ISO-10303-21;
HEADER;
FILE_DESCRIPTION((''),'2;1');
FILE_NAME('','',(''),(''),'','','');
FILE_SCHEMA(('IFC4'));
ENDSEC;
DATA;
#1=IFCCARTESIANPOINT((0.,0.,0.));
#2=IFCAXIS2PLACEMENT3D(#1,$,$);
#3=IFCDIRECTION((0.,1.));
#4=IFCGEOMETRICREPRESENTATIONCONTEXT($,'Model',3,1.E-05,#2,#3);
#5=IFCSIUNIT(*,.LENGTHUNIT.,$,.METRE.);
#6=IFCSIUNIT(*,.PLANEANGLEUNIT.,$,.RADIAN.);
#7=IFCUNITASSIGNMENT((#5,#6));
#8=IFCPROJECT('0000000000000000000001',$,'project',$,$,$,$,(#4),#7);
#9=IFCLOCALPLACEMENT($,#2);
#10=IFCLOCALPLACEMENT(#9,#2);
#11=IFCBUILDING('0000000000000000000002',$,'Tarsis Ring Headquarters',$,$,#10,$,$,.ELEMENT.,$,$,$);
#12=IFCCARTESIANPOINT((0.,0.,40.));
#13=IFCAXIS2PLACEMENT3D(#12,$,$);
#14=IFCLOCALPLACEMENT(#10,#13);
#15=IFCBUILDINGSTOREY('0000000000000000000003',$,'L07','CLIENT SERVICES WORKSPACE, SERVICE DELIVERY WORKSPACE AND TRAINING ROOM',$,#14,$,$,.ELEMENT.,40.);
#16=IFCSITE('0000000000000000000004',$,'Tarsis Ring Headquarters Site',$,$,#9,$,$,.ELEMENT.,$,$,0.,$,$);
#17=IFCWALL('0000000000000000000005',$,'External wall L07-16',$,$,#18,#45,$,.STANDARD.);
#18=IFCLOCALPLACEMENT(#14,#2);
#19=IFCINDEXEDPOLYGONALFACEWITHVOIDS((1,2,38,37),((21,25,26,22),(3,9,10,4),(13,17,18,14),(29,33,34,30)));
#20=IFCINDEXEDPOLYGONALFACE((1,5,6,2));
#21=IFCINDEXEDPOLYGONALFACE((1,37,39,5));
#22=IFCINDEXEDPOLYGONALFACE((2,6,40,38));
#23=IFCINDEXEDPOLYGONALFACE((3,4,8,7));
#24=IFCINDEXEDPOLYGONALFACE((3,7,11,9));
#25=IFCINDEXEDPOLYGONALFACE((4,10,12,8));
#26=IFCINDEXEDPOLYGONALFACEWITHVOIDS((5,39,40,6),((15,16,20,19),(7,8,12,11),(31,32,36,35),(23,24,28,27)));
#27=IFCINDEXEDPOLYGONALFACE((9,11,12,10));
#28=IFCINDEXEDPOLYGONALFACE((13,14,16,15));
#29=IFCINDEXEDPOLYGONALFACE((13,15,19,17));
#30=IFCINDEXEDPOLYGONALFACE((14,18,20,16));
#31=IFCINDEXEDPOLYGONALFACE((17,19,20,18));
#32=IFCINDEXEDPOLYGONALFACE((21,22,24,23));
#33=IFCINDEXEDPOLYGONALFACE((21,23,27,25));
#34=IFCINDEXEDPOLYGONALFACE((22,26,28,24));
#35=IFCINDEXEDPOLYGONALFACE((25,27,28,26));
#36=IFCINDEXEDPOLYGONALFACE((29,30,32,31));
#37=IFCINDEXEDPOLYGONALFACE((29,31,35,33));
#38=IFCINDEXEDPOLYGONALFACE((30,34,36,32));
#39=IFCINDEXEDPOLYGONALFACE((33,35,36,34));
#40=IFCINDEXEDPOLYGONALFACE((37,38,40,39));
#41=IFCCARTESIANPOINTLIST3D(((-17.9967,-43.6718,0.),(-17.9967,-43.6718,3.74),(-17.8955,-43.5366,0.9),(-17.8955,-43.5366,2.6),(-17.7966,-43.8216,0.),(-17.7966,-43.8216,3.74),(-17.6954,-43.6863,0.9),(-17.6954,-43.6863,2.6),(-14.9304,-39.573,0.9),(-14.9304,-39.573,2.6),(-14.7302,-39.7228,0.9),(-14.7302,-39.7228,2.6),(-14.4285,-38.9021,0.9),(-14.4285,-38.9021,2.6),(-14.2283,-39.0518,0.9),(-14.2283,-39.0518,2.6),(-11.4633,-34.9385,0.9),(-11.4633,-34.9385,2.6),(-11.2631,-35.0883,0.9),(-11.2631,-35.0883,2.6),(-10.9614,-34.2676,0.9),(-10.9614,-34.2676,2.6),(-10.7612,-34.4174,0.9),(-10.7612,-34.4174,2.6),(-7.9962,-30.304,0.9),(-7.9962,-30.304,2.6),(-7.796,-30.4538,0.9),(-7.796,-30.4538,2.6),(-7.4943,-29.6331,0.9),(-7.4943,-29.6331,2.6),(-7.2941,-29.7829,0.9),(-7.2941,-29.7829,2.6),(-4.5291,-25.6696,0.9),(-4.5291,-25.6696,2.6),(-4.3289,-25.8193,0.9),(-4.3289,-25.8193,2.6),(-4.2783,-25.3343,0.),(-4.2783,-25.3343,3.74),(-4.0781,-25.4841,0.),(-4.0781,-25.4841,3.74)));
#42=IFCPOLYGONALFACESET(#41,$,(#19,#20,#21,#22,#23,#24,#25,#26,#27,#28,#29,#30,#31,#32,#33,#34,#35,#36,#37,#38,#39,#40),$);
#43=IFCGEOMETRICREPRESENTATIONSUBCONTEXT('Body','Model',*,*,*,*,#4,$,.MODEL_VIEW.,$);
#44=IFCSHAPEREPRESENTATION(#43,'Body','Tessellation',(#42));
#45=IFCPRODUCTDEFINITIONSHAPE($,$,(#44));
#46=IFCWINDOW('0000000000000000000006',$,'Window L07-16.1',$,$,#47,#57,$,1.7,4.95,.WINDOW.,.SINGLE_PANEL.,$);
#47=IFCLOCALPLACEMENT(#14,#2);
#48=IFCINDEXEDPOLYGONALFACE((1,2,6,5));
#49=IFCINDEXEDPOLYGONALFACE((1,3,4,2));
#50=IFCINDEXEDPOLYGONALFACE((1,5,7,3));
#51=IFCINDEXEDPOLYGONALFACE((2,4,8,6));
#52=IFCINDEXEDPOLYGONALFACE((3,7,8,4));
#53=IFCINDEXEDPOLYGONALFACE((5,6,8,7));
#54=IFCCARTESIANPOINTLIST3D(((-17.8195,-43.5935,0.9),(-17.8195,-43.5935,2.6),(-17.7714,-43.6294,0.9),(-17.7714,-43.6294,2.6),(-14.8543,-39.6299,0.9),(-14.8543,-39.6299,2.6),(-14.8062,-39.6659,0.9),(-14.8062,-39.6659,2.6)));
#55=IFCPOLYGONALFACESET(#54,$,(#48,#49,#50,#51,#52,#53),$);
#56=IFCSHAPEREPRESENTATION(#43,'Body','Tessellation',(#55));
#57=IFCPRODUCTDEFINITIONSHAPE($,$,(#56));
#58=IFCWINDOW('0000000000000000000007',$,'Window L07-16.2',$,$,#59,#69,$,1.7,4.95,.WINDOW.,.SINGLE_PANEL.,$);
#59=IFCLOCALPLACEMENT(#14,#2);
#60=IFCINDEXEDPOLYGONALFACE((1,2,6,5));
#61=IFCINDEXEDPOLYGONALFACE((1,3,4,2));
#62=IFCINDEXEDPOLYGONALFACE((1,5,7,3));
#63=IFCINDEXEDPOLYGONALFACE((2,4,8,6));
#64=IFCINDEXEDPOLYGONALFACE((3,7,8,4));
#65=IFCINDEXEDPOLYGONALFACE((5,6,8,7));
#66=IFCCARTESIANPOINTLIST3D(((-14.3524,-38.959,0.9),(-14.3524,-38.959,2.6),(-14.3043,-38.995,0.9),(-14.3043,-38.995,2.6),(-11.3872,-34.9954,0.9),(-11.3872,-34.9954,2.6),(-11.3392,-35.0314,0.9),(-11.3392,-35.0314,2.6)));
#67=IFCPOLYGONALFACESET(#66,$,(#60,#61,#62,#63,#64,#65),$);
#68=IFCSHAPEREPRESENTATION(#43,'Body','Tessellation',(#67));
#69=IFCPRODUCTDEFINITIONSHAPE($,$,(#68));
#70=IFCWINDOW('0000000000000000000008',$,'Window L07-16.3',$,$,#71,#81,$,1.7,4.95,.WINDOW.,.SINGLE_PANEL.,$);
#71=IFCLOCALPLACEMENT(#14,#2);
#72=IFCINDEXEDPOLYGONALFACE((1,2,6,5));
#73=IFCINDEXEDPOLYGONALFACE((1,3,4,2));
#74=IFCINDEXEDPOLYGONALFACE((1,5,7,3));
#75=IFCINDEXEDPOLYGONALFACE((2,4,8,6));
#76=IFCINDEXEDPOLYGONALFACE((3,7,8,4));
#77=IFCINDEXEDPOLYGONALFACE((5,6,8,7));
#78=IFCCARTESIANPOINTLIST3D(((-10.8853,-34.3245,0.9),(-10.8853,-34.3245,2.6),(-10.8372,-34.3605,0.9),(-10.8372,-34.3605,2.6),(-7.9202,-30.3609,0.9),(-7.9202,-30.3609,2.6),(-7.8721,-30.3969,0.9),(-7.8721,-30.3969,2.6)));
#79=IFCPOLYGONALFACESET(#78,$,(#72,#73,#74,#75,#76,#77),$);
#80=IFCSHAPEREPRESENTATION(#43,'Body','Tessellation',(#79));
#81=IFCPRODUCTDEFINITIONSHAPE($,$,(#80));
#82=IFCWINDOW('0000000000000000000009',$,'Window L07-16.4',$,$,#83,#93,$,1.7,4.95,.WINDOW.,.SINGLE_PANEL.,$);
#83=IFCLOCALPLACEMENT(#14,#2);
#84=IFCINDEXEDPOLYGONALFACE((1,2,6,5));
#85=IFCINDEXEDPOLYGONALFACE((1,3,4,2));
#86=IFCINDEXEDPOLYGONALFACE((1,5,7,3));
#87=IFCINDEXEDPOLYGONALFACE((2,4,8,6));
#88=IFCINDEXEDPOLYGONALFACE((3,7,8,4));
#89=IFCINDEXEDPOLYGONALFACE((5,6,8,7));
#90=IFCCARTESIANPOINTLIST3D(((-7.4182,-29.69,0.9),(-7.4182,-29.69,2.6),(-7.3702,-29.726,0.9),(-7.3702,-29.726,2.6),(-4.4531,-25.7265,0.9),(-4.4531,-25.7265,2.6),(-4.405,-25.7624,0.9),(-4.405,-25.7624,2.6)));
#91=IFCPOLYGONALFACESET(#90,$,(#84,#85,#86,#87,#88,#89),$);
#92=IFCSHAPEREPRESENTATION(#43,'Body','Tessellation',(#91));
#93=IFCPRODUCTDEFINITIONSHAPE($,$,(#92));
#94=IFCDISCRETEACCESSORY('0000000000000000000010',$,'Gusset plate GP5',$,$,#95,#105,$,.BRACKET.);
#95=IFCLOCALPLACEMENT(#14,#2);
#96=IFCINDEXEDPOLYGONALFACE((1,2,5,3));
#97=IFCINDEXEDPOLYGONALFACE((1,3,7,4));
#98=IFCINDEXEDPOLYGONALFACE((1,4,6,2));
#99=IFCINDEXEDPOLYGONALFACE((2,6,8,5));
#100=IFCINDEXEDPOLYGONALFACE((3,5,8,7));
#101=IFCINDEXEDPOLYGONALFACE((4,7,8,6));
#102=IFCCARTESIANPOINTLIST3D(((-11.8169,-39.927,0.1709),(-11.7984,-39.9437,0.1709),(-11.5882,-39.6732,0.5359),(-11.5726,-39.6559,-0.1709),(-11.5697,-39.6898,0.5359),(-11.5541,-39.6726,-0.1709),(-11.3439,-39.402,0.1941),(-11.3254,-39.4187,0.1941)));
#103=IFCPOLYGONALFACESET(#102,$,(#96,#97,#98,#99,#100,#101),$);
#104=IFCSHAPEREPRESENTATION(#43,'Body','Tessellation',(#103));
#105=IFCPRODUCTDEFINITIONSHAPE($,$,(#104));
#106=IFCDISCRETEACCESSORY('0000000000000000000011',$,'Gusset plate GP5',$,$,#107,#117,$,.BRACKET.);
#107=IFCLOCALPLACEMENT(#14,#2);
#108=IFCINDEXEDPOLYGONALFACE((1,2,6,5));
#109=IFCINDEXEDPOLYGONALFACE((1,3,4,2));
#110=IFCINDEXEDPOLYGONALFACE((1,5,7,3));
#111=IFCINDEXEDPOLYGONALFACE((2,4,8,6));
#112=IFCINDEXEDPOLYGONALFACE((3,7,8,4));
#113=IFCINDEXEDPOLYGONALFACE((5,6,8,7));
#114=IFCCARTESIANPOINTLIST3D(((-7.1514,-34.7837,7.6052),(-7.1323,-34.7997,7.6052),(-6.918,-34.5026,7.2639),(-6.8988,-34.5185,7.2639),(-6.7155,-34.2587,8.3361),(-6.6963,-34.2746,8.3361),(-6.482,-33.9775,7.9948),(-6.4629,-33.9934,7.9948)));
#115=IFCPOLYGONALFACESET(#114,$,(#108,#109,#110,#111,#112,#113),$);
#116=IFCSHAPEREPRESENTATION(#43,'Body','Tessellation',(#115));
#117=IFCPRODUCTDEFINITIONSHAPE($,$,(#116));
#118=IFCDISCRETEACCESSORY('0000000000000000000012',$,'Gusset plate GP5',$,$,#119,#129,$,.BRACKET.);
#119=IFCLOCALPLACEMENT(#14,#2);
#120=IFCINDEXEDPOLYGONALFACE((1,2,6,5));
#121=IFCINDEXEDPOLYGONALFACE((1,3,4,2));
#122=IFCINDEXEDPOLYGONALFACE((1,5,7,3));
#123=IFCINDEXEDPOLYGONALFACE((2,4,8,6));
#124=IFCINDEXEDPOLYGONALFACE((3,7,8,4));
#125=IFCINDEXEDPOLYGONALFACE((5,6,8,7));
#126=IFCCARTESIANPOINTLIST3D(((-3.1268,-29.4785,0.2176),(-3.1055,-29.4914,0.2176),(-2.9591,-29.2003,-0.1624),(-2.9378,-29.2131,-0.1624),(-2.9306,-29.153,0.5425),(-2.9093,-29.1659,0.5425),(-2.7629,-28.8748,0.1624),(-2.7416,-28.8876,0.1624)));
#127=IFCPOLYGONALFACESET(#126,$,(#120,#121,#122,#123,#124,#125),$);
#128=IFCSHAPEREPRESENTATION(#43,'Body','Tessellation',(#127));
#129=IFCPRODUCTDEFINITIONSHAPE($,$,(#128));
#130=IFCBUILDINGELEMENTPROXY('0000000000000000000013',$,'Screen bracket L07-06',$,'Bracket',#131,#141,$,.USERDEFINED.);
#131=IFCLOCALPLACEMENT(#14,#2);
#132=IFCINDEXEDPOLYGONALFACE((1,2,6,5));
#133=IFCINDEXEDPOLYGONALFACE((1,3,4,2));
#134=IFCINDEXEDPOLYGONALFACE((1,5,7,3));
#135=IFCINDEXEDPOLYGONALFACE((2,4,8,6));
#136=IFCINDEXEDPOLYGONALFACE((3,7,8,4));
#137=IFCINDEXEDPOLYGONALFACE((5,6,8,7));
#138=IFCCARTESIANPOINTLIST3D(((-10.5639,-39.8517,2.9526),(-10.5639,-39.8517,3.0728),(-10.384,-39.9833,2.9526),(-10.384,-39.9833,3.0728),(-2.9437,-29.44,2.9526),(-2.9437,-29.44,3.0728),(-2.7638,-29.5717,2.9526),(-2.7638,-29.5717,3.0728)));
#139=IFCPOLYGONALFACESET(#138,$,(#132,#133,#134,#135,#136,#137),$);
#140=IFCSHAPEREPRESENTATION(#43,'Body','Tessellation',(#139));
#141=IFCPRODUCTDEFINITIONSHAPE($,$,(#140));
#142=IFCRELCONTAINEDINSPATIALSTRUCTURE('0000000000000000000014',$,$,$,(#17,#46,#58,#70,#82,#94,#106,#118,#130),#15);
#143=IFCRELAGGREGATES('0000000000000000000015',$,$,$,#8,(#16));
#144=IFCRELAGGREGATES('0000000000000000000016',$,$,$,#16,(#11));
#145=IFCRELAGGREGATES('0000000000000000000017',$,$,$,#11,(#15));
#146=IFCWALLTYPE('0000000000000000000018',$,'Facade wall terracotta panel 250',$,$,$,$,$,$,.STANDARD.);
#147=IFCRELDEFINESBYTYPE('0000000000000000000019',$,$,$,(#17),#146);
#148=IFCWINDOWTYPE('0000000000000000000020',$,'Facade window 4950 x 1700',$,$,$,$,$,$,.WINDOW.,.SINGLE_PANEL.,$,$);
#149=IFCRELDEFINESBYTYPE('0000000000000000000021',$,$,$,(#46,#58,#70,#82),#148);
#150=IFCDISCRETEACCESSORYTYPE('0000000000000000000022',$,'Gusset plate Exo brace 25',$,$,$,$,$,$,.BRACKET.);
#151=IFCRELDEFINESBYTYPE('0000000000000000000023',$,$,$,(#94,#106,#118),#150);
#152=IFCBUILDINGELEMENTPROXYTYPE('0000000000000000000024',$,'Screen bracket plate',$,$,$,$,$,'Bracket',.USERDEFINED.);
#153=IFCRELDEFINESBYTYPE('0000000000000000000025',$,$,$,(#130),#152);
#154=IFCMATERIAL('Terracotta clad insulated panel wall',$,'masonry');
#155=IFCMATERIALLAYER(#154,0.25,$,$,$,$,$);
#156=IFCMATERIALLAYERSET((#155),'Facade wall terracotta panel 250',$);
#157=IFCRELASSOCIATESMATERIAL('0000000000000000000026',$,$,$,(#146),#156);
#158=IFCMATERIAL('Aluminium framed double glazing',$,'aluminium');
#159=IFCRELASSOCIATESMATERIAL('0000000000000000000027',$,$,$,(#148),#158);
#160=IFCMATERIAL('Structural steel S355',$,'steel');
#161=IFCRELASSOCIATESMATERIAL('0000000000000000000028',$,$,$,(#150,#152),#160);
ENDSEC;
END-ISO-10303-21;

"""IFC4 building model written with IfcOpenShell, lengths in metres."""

from ifc_helpers import new_model, si_unit, direction, frame, frame_2d, origin, origin_2d, place, context, subcontext, project, spatial, rectangle, extrude, material, layer, layer_set, material_profile, profile_set, type_object, element, fill, save


model = new_model("IFC4")

# Units and contexts
model_context = context("Model", 3, precision=1e-05, world=origin(), true_north=direction((0.0, 1.0)))
body_context = subcontext(model_context, "Body", "Model", "MODEL_VIEW")
ifc_project = project(units=[si_unit("LENGTHUNIT", "METRE"), si_unit("PLANEANGLEUNIT", "RADIAN")], contexts=[model_context])

# Site, building, storey
site_placement = place(None, origin())
site = spatial("IfcSite", under=ifc_project, at=site_placement, Name="Tarsis Ring Headquarters Site", CompositionType="ELEMENT", RefElevation=0.0)
building_placement = place(site_placement, origin())
building = spatial("IfcBuilding", under=site, at=building_placement, Name="Tarsis Ring Headquarters", CompositionType="ELEMENT")
storey_placement = place(building_placement, frame((0.0, 0.0, 40.0)))
storey = spatial("IfcBuildingStorey", under=building, at=storey_placement, Name="L07", Description="CLIENT SERVICES WORKSPACE, SERVICE DELIVERY WORKSPACE AND TRAINING ROOM", CompositionType="ELEMENT", Elevation=40.0)

# Shared definitions
ifc_material_1 = material(Name="Structural steel S355", Category="steel")

# Wall, openings, windows
ifc_material_2 = material(Name="Terracotta clad insulated panel wall", Category="masonry")
ifc_layer = layer(ifc_material_2, 0.25)
ifc_layer_set = layer_set([ifc_layer], Name="Facade wall terracotta panel 250")
wall_type = type_object("IfcWallType", Name="Facade wall terracotta panel 250", PredefinedType="STANDARD", material=ifc_layer_set)
wall_placement = place(storey_placement, frame((-17.8967, -43.7468, 0.0), z_axis=(0.0, 0.0, 1.0), x_axis=(0.599029, 0.800727, 0.0)))
wall = element("IfcWall", 1, at=wall_placement, inside=storey, type_object=wall_type, Name="External wall L07-16", PredefinedType="STANDARD", context=body_context, shape_type="SweptSolid", body=[
    extrude(rectangle(XDim=22.9011, YDim=0.25, at=frame_2d((11.4507, 0.0))), origin(), (0.0, 0.0, 1.0), 3.74),
])
opening_1_placement = place(wall_placement, frame((0.1689, 0.0, 0.8999)))
opening_1 = element("IfcOpeningElement", 2, at=opening_1_placement, cuts=wall, PredefinedType="OPENING", context=body_context, shape_type="SweptSolid", body=[
    extrude(rectangle(XDim=4.95, YDim=1.7, at=frame_2d((2.4751, 0.8501))), frame((0.0, 0.135, 0.0), z_axis=(0.0, -1.0, 0.0), x_axis=(1.0, 0.0, 0.0)), (0.0, 0.0, 1.0), 0.27),
])
opening_2_placement = place(wall_placement, frame((5.9568, 0.0, 0.8999)))
opening_2 = element("IfcOpeningElement", 3, at=opening_2_placement, cuts=wall, PredefinedType="OPENING", context=body_context, shape_type="SweptSolid", body=[
    extrude(rectangle(XDim=4.95, YDim=1.7, at=frame_2d((2.4751, 0.8501))), frame((0.0, 0.135, 0.0), z_axis=(0.0, -1.0, 0.0), x_axis=(1.0, 0.0, 0.0)), (0.0, 0.0, 1.0), 0.27),
])
opening_3_placement = place(wall_placement, frame((11.7446, 0.0, 0.8999)))
opening_3 = element("IfcOpeningElement", 4, at=opening_3_placement, cuts=wall, PredefinedType="OPENING", context=body_context, shape_type="SweptSolid", body=[
    extrude(rectangle(XDim=4.95, YDim=1.7, at=frame_2d((2.4751, 0.8501))), frame((0.0, 0.135, 0.0), z_axis=(0.0, -1.0, 0.0), x_axis=(1.0, 0.0, 0.0)), (0.0, 0.0, 1.0), 0.27),
])
opening_4_placement = place(wall_placement, frame((17.5325, 0.0, 0.8999)))
opening_4 = element("IfcOpeningElement", 5, at=opening_4_placement, cuts=wall, PredefinedType="OPENING", context=body_context, shape_type="SweptSolid", body=[
    extrude(rectangle(XDim=4.95, YDim=1.7, at=frame_2d((2.4751, 0.8501))), frame((0.0, 0.135, 0.0), z_axis=(0.0, -1.0, 0.0), x_axis=(1.0, 0.0, 0.0)), (0.0, 0.0, 1.0), 0.27),
])
ifc_material_3 = material(Name="Aluminium framed double glazing", Category="aluminium")
window_type = type_object("IfcWindowType", Name="Facade window 4950 x 1700", PartitioningType="SINGLE_PANEL", PredefinedType="WINDOW", material=ifc_material_3)
window_1_placement = place(opening_1_placement, origin())
window_1 = element("IfcWindow", 6, at=window_1_placement, inside=storey, type_object=window_type, Name="Window L07-16.1", OverallHeight=1.7, OverallWidth=4.95, PartitioningType="SINGLE_PANEL", PredefinedType="WINDOW", context=body_context, shape_type="SweptSolid", body=[
    extrude(rectangle(XDim=4.95, YDim=1.7, at=frame_2d((2.4751, 0.8501))), frame((0.0, 0.03, 0.0), z_axis=(0.0, -1.0, 0.0), x_axis=(1.0, 0.0, 0.0)), (0.0, 0.0, 1.0), 0.0601),
])
fill(opening_1, window_1)
window_2_placement = place(opening_2_placement, origin())
window_2 = element("IfcWindow", 7, at=window_2_placement, inside=storey, type_object=window_type, Name="Window L07-16.2", OverallHeight=1.7, OverallWidth=4.95, PartitioningType="SINGLE_PANEL", PredefinedType="WINDOW", context=body_context, shape_type="SweptSolid", body=[
    extrude(rectangle(XDim=4.95, YDim=1.7, at=frame_2d((2.4751, 0.8501))), frame((0.0, 0.03, 0.0), z_axis=(0.0, -1.0, 0.0), x_axis=(1.0, 0.0, 0.0)), (0.0, 0.0, 1.0), 0.0601),
])
fill(opening_2, window_2)
window_3_placement = place(opening_3_placement, origin())
window_3 = element("IfcWindow", 8, at=window_3_placement, inside=storey, type_object=window_type, Name="Window L07-16.3", OverallHeight=1.7, OverallWidth=4.95, PartitioningType="SINGLE_PANEL", PredefinedType="WINDOW", context=body_context, shape_type="SweptSolid", body=[
    extrude(rectangle(XDim=4.95, YDim=1.7, at=frame_2d((2.4751, 0.8501))), frame((0.0, 0.03, 0.0), z_axis=(0.0, -1.0, 0.0), x_axis=(1.0, 0.0, 0.0)), (0.0, 0.0, 1.0), 0.0601),
])
fill(opening_3, window_3)
window_4_placement = place(opening_4_placement, origin())
window_4 = element("IfcWindow", 9, at=window_4_placement, inside=storey, type_object=window_type, Name="Window L07-16.4", OverallHeight=1.7, OverallWidth=4.95, PartitioningType="SINGLE_PANEL", PredefinedType="WINDOW", context=body_context, shape_type="SweptSolid", body=[
    extrude(rectangle(XDim=4.95, YDim=1.7, at=frame_2d((2.4751, 0.8501))), frame((0.0, 0.03, 0.0), z_axis=(0.0, -1.0, 0.0), x_axis=(1.0, 0.0, 0.0)), (0.0, 0.0, 1.0), 0.0601),
])
fill(opening_4, window_4)

# Discrete accessories
ifc_material_profile_1 = material_profile(ifc_material_1, rectangle(XDim=0.0249, YDim=0.5, at=origin_2d()), Name="PL 25x500")
ifc_profile_set_1 = profile_set([ifc_material_profile_1], Name="Structural steel S355")
discrete_accessory_type = type_object("IfcDiscreteAccessoryType", Name="Gusset plate Exo brace 25", PredefinedType="BRACKET", material=ifc_profile_set_1)
discrete_accessory_1_placement = place(storey_placement, frame((-11.6855, -39.7998, 0.0), z_axis=(0.457504, 0.507795, 0.729955), x_axis=(-0.742939, 0.669359, 0.0)))
element("IfcDiscreteAccessory", 10, at=discrete_accessory_1_placement, inside=storey, type_object=discrete_accessory_type, Name="Gusset plate GP5", PredefinedType="BRACKET", context=body_context, shape_type="SweptSolid", body=[
    extrude(rectangle(XDim=0.0249, YDim=0.5, at=origin_2d()), origin(), (0.0, 0.0, 1.0), 0.5),
])
discrete_accessory_2_placement = place(storey_placement, frame((-7.0251, -34.6511, 7.4346), z_axis=(0.435991, 0.525093, 0.730883), x_axis=(-0.769363, 0.638811, 0.0)))
element("IfcDiscreteAccessory", 11, at=discrete_accessory_2_placement, inside=storey, type_object=discrete_accessory_type, Name="Gusset plate GP5", PredefinedType="BRACKET", context=body_context, shape_type="SweptSolid", body=[
    extrude(rectangle(XDim=0.0249, YDim=0.5, at=origin_2d()), origin(), (0.0, 0.0, 1.0), 1.0),
])
discrete_accessory_3_placement = place(storey_placement, frame((-2.8503, -29.0439, 0.0), z_axis=(-0.335389, -0.55654, 0.760117), x_axis=(0.856497, -0.516152, 0.0)))
element("IfcDiscreteAccessory", 12, at=discrete_accessory_3_placement, inside=storey, type_object=discrete_accessory_type, Name="Gusset plate GP5", PredefinedType="BRACKET", context=body_context, shape_type="SweptSolid", body=[
    extrude(rectangle(XDim=0.0249, YDim=0.5, at=origin_2d()), origin(), (0.0, 0.0, 1.0), 0.5),
])

# Building element proxy
building_element_proxy_type = type_object("IfcBuildingElementProxyType", Name="Screen bracket plate", ElementType="Bracket", PredefinedType="USERDEFINED", material=ifc_material_1)
proxy_placement = place(storey_placement, frame((-6.6638, -34.7117, 2.9526), z_axis=(0.0, 0.0, 1.0), x_axis=(0.590606, 0.80696, 0.0)))
element("IfcBuildingElementProxy", 13, at=proxy_placement, inside=storey, type_object=building_element_proxy_type, Name="Screen bracket L07-06", ObjectType="Bracket", PredefinedType="USERDEFINED", context=body_context, shape_type="SweptSolid", body=[
    extrude(rectangle(XDim=12.9023, YDim=0.2229, at=origin_2d()), origin(), (0.0, 0.0, 1.0), 0.1201),
])

save(model, "model.ifc")
